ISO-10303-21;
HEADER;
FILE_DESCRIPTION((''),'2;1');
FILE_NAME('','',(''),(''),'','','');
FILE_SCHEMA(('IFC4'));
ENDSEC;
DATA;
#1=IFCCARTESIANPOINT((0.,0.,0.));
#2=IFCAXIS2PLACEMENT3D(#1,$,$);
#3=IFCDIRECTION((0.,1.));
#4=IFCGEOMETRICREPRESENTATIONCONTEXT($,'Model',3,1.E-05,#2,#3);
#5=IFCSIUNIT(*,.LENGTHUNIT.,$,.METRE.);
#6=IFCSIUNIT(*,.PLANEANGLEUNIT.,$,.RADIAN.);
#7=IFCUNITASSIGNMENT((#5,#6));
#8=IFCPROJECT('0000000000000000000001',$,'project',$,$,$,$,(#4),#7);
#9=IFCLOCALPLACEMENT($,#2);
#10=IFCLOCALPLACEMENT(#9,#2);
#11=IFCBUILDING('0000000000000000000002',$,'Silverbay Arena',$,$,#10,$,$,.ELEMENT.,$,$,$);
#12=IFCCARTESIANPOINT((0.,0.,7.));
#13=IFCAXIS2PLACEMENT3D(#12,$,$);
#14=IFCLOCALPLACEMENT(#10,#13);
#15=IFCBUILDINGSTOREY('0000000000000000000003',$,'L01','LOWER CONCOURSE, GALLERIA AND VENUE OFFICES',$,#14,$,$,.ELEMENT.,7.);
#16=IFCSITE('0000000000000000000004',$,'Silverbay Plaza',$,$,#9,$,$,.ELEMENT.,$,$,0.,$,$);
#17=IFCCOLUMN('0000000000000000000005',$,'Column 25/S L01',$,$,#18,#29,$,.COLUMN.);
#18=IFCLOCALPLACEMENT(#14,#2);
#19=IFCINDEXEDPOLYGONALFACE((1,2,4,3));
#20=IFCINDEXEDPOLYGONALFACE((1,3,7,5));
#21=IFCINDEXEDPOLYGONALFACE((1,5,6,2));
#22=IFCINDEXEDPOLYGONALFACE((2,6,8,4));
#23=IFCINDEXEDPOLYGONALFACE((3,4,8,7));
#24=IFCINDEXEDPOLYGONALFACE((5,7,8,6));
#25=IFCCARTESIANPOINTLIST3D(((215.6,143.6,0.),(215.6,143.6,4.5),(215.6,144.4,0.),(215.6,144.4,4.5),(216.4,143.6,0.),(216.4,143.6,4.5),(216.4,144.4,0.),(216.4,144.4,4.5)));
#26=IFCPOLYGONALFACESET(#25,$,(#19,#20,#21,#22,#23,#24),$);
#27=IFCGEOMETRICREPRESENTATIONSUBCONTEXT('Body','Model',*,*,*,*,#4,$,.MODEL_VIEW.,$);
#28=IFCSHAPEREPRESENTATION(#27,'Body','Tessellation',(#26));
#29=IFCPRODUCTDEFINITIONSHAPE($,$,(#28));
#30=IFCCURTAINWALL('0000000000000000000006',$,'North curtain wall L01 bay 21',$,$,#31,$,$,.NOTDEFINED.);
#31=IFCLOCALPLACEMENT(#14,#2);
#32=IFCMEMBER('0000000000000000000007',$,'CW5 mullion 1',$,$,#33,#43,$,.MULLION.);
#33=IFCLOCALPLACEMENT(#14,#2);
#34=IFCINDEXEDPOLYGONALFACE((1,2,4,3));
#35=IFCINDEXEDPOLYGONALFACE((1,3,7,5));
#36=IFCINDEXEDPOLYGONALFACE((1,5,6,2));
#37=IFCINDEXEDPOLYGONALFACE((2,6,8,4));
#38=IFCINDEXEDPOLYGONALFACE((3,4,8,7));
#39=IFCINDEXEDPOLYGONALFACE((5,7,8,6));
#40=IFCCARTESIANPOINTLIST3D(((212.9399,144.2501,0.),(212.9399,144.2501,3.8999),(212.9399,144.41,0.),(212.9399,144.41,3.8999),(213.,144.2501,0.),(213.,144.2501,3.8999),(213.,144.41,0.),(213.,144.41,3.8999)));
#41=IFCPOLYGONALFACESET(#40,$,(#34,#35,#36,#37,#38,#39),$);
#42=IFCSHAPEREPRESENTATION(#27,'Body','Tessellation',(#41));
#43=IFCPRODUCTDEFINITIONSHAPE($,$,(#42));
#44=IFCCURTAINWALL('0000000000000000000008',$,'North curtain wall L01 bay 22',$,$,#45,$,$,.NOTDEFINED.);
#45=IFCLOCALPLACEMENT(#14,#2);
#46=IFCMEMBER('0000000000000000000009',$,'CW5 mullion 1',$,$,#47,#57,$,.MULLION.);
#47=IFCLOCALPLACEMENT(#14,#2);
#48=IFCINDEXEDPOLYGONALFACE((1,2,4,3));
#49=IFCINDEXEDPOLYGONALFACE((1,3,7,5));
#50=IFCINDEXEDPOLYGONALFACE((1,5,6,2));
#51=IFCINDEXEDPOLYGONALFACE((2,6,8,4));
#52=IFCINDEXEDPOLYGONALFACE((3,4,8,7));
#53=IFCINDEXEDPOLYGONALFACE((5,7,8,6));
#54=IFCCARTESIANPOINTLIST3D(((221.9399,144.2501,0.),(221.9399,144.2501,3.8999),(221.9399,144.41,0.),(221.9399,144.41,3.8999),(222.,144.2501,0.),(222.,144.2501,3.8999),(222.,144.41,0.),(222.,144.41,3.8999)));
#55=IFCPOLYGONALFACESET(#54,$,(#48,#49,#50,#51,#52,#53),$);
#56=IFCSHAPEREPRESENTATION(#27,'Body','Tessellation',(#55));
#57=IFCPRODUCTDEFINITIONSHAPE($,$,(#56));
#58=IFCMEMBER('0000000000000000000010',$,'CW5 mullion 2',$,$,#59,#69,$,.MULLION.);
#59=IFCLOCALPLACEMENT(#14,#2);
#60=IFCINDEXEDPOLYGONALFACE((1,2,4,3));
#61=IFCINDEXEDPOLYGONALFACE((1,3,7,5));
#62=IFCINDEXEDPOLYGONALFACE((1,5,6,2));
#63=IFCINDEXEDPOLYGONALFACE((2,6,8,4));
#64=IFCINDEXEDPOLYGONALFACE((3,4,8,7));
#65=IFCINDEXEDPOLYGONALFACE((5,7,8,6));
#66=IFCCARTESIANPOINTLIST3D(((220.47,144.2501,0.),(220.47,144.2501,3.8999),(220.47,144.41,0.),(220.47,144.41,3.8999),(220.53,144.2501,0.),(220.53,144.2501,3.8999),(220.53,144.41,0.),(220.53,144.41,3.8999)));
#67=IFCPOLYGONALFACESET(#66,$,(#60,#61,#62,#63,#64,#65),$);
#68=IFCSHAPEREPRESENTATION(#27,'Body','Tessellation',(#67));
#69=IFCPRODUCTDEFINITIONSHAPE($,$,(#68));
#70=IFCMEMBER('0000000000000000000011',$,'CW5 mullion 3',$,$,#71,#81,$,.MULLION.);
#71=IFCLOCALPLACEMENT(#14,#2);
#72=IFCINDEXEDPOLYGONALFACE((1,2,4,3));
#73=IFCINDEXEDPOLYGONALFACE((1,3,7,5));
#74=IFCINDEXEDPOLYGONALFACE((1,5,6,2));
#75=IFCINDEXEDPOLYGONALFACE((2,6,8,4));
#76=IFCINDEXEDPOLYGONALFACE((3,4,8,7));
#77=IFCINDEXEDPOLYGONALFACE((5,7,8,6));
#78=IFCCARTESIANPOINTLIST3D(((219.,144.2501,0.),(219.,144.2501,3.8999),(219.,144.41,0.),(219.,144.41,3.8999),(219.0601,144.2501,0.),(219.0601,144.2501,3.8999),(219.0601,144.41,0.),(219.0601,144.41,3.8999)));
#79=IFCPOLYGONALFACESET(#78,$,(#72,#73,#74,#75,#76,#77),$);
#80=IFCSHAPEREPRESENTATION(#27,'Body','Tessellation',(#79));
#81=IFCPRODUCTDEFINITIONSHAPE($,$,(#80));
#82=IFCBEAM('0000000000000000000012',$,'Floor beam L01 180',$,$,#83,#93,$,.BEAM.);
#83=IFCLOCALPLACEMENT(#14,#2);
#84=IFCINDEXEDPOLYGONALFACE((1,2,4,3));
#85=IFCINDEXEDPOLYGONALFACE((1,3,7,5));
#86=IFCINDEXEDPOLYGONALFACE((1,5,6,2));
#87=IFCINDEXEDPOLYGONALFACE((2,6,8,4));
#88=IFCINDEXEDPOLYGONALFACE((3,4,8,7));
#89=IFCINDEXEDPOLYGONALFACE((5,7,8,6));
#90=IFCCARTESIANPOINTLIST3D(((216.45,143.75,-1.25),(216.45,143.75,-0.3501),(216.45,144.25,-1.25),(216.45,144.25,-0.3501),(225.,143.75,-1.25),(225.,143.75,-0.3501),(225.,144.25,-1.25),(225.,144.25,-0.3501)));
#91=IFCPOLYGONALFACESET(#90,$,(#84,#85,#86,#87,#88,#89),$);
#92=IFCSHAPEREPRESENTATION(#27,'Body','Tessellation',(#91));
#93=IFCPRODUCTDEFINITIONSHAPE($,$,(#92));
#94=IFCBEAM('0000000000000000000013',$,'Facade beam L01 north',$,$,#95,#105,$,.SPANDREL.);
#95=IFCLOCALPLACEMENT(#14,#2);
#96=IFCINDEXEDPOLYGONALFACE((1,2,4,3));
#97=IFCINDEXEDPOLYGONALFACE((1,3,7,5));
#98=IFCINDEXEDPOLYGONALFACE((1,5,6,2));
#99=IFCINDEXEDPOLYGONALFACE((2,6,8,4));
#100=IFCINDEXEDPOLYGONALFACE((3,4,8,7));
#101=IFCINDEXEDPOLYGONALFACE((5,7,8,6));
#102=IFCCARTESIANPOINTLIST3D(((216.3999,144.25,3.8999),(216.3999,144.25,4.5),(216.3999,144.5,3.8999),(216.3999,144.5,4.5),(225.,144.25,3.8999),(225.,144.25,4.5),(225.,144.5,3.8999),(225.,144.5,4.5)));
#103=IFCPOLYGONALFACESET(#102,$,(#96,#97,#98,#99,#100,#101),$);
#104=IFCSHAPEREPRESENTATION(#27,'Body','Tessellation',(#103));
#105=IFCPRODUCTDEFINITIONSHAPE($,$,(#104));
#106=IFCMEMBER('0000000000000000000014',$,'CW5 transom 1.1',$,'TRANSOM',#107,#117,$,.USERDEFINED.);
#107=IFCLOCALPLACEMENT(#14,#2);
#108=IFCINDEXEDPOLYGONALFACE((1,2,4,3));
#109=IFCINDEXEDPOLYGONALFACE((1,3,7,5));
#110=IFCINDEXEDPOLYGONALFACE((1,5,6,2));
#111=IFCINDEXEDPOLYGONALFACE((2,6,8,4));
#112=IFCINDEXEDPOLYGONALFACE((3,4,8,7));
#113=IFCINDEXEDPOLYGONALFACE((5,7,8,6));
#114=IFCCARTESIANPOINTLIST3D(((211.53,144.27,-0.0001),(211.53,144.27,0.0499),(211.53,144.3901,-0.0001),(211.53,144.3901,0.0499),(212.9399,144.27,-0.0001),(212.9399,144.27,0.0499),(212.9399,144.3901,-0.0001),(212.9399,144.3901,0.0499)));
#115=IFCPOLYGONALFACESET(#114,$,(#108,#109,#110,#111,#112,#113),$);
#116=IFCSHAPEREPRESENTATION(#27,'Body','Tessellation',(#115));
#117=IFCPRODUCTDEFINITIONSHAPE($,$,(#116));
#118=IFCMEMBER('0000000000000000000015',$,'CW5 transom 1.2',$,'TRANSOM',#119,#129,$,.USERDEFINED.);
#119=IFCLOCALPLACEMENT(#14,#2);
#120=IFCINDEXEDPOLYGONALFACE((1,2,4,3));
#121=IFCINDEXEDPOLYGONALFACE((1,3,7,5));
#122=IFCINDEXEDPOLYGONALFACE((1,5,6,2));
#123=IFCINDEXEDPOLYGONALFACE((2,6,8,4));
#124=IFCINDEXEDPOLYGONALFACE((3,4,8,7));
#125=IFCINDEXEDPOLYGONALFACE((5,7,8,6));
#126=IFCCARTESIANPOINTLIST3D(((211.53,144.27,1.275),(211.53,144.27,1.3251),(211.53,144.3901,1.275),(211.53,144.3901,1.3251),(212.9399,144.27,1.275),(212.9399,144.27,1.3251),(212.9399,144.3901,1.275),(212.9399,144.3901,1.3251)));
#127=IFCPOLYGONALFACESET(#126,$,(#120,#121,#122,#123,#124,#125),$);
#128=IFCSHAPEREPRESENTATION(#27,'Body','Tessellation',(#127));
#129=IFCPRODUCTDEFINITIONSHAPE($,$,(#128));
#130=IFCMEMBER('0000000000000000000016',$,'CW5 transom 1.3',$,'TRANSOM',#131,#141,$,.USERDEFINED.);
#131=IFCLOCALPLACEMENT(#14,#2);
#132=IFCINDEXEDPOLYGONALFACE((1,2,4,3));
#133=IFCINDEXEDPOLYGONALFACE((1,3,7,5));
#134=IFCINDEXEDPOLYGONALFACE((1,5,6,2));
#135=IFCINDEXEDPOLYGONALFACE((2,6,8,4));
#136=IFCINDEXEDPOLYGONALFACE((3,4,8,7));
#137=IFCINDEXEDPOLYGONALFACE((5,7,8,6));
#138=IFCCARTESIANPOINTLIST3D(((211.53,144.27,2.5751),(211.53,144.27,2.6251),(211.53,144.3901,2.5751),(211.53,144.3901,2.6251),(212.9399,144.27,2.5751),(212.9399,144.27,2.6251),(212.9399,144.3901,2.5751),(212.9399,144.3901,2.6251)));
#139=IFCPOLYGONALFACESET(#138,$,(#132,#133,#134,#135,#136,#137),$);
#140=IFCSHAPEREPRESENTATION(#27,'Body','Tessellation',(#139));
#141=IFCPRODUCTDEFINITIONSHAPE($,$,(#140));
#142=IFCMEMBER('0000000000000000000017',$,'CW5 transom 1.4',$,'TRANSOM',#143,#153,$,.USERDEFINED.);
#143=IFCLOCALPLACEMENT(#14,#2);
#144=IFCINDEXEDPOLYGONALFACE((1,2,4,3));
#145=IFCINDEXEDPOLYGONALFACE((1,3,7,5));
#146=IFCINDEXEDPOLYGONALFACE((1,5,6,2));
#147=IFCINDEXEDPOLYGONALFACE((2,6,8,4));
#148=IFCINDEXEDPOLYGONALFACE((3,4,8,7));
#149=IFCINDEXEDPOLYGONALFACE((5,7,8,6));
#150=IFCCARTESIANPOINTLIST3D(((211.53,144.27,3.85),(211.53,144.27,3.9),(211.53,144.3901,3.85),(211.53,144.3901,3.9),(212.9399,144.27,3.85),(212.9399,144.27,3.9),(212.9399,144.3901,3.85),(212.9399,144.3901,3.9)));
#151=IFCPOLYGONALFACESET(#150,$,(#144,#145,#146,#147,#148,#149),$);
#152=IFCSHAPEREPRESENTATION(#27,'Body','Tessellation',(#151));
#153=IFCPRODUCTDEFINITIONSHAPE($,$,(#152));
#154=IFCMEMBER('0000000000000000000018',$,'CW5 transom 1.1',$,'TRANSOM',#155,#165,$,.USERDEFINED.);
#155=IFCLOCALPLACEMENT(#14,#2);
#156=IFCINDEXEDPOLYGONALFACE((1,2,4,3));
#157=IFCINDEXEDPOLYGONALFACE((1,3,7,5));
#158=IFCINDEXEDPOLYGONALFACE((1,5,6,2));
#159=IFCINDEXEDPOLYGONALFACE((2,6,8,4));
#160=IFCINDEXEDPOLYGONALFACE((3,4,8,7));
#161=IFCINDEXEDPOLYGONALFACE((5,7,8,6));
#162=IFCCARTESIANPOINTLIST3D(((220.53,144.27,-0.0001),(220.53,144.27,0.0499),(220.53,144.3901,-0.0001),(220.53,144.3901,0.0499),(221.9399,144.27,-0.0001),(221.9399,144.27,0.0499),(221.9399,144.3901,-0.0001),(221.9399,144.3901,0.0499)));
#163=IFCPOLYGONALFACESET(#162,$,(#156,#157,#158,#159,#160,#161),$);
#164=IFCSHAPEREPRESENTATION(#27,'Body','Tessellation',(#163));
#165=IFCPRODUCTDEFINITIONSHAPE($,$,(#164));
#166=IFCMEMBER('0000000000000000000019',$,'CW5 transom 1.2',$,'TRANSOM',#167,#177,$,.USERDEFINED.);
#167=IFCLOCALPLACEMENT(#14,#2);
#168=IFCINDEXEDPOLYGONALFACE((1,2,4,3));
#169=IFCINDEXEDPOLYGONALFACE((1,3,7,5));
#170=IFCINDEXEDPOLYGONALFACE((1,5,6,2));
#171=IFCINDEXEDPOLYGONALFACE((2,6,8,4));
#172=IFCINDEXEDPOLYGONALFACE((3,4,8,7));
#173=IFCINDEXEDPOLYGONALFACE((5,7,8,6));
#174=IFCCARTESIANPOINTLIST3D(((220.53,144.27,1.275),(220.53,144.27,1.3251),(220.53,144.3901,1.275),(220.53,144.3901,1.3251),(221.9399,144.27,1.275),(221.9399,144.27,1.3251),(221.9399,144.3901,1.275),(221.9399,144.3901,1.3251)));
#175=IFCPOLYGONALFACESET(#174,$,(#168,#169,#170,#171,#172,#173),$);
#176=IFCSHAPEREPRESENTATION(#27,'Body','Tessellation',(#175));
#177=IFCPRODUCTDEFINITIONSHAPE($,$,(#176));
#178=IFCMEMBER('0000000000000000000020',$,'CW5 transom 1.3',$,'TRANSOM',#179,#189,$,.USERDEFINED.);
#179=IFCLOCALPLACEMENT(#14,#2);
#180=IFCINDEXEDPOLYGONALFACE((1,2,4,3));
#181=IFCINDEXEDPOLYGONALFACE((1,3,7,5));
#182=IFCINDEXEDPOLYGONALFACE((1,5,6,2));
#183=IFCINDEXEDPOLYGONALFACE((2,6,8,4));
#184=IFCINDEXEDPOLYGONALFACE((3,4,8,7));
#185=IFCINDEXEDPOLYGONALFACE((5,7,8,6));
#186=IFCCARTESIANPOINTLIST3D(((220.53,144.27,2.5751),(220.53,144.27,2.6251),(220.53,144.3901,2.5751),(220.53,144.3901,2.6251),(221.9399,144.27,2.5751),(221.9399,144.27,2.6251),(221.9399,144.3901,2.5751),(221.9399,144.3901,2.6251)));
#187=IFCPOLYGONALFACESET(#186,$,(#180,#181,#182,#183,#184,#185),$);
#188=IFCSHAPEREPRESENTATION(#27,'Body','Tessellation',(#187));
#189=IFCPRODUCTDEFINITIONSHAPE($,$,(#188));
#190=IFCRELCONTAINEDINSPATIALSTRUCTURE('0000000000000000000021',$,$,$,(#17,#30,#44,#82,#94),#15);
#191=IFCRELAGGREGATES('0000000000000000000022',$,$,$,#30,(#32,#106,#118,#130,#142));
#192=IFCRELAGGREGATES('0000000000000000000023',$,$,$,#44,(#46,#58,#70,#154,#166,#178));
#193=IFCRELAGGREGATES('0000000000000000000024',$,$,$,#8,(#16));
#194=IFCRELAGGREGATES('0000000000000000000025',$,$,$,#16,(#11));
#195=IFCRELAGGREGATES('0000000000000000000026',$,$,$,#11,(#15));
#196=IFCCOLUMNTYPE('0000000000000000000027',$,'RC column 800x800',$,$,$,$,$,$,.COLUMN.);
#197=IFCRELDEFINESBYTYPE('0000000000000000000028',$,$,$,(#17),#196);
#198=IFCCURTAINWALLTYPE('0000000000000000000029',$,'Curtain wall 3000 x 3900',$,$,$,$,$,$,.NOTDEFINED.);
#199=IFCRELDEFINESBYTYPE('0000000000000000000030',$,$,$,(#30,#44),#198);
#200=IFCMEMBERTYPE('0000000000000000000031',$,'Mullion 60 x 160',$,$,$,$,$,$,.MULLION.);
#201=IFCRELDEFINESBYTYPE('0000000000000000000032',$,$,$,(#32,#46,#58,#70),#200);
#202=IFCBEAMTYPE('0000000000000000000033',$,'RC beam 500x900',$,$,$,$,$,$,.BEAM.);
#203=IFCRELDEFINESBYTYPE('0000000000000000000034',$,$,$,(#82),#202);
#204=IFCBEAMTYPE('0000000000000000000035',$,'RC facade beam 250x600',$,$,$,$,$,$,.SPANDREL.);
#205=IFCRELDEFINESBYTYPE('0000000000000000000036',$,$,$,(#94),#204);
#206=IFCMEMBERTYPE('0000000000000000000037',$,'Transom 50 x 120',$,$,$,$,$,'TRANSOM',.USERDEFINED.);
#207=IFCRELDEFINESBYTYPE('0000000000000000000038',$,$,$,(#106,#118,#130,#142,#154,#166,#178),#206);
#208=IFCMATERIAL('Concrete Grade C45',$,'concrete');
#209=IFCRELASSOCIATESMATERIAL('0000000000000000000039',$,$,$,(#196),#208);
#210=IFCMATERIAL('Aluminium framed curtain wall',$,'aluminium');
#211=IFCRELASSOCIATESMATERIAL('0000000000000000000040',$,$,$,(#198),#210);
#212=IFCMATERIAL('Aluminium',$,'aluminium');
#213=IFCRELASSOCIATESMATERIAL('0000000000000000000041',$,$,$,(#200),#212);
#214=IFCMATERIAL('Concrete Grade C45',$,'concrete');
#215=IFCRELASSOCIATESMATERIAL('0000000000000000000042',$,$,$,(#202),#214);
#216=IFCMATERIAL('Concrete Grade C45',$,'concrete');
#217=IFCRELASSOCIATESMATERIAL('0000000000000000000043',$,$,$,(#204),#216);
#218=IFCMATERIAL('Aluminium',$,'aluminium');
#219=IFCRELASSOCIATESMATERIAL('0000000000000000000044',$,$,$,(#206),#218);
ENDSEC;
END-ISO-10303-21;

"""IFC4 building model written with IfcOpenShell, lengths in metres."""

from ifc_helpers import new_model, si_unit, direction, frame, origin, origin_2d, place, context, subcontext, project, spatial, rectangle, extrude, material, material_profile, profile_set, type_object, element, aggregate, save


model = new_model("IFC4")

# Units and contexts
model_context = context("Model", 3, precision=1e-05, world=origin(), true_north=direction((0.0, 1.0)))
body_context = subcontext(model_context, "Body", "Model", "MODEL_VIEW")
ifc_project = project(units=[si_unit("LENGTHUNIT", "METRE"), si_unit("PLANEANGLEUNIT", "RADIAN")], contexts=[model_context])

# Site, building, storey
site_placement = place(None, origin())
site = spatial("IfcSite", under=ifc_project, at=site_placement, Name="Silverbay Plaza", CompositionType="ELEMENT", RefElevation=0.0)
building_placement = place(site_placement, origin())
building = spatial("IfcBuilding", under=site, at=building_placement, Name="Silverbay Arena", CompositionType="ELEMENT")
storey_placement = place(building_placement, frame((0.0, 0.0, 7.0)))
storey = spatial("IfcBuildingStorey", under=building, at=storey_placement, Name="L01", Description="LOWER CONCOURSE, GALLERIA AND VENUE OFFICES", CompositionType="ELEMENT", Elevation=7.0)

# Column
ifc_material_1 = material(Name="Concrete Grade C45", Category="concrete")
ifc_material_profile_1 = material_profile(ifc_material_1, rectangle(XDim=0.8, YDim=0.8, at=origin_2d()), Name="RC 800x800")
ifc_profile_set_1 = profile_set([ifc_material_profile_1], Name="Concrete Grade C45")
column_type = type_object("IfcColumnType", Name="RC column 800x800", PredefinedType="COLUMN", material=ifc_profile_set_1)
column_placement = place(storey_placement, frame((216.0, 144.0, 0.0), z_axis=(0.0, 0.0, 1.0), x_axis=(1.0, 0.0, 0.0)))
element("IfcColumn", 1, at=column_placement, inside=storey, type_object=column_type, Name="Column 25/S L01", PredefinedType="COLUMN", context=body_context, shape_type="SweptSolid", body=[
    extrude(rectangle(XDim=0.8, YDim=0.8, at=origin_2d()), origin(), (0.0, 0.0, 1.0), 4.5),
])

# Curtain wall, member
ifc_material_2 = material(Name="Aluminium framed curtain wall", Category="aluminium")
curtain_wall_type = type_object("IfcCurtainWallType", Name="Curtain wall 3000 x 3900", PredefinedType="NOTDEFINED", material=ifc_material_2)
curtain_wall_1_placement = place(storey_placement, origin())
curtain_wall_1 = element("IfcCurtainWall", 2, at=curtain_wall_1_placement, inside=storey, type_object=curtain_wall_type, Name="North curtain wall L01 bay 21", PredefinedType="NOTDEFINED")
ifc_material_3 = material(Name="Aluminium", Category="aluminium")
ifc_material_profile_2 = material_profile(ifc_material_3, rectangle(XDim=0.1599, YDim=0.0601, at=origin_2d()), Name="Mullion 60 x 160")
ifc_profile_set_2 = profile_set([ifc_material_profile_2], Name="Aluminium")
member_type_1 = type_object("IfcMemberType", Name="Mullion 60 x 160", PredefinedType="MULLION", material=ifc_profile_set_2)
member_1_placement = place(storey_placement, frame((212.97, 144.3301, 0.0), z_axis=(0.0, 0.0, 1.0), x_axis=(0.0, -1.0, 0.0)))
member_1 = element("IfcMember", 3, at=member_1_placement, type_object=member_type_1, Name="CW5 mullion 1", PredefinedType="MULLION", context=body_context, shape_type="SweptSolid", body=[
    extrude(rectangle(XDim=0.1599, YDim=0.0601, at=origin_2d()), origin(), (0.0, 0.0, 1.0), 3.8999),
])

# Curtain wall, members
curtain_wall_2_placement = place(storey_placement, origin())
curtain_wall_2 = element("IfcCurtainWall", 4, at=curtain_wall_2_placement, inside=storey, type_object=curtain_wall_type, Name="North curtain wall L01 bay 22", PredefinedType="NOTDEFINED")
member_2_placement = place(storey_placement, frame((221.97, 144.3301, 0.0), z_axis=(0.0, 0.0, 1.0), x_axis=(0.0, -1.0, 0.0)))
member_2 = element("IfcMember", 5, at=member_2_placement, type_object=member_type_1, Name="CW5 mullion 1", PredefinedType="MULLION", context=body_context, shape_type="SweptSolid", body=[
    extrude(rectangle(XDim=0.1599, YDim=0.0601, at=origin_2d()), origin(), (0.0, 0.0, 1.0), 3.8999),
])
member_3_placement = place(storey_placement, frame((220.5, 144.3301, 0.0), z_axis=(0.0, 0.0, 1.0), x_axis=(0.0, -1.0, 0.0)))
member_3 = element("IfcMember", 6, at=member_3_placement, type_object=member_type_1, Name="CW5 mullion 2", PredefinedType="MULLION", context=body_context, shape_type="SweptSolid", body=[
    extrude(rectangle(XDim=0.1599, YDim=0.0601, at=origin_2d()), origin(), (0.0, 0.0, 1.0), 3.8999),
])
member_4_placement = place(storey_placement, frame((219.03, 144.3301, 0.0), z_axis=(0.0, 0.0, 1.0), x_axis=(0.0, -1.0, 0.0)))
member_4 = element("IfcMember", 7, at=member_4_placement, type_object=member_type_1, Name="CW5 mullion 3", PredefinedType="MULLION", context=body_context, shape_type="SweptSolid", body=[
    extrude(rectangle(XDim=0.1599, YDim=0.0601, at=origin_2d()), origin(), (0.0, 0.0, 1.0), 3.8999),
])

# Beams
ifc_material_4 = material(Name="Concrete Grade C45", Category="concrete")
ifc_material_profile_3 = material_profile(ifc_material_4, rectangle(XDim=0.5, YDim=0.8999, at=origin_2d()), Name="RC 500x900")
ifc_profile_set_3 = profile_set([ifc_material_profile_3], Name="Concrete Grade C45")
beam_type_1 = type_object("IfcBeamType", Name="RC beam 500x900", PredefinedType="BEAM", material=ifc_profile_set_3)
beam_1_placement = place(storey_placement, frame((216.45, 144.0, -0.8), z_axis=(1.0, 0.0, 0.0), x_axis=(0.0, 1.0, 0.0)))
element("IfcBeam", 8, at=beam_1_placement, inside=storey, type_object=beam_type_1, Name="Floor beam L01 180", PredefinedType="BEAM", context=body_context, shape_type="SweptSolid", body=[
    extrude(rectangle(XDim=0.5, YDim=0.8999, at=origin_2d()), origin(), (0.0, 0.0, 1.0), 8.55),
])
ifc_material_5 = material(Name="Concrete Grade C45", Category="concrete")
ifc_material_profile_4 = material_profile(ifc_material_5, rectangle(XDim=0.25, YDim=0.6001, at=origin_2d()), Name="RC 250x600")
ifc_profile_set_4 = profile_set([ifc_material_profile_4], Name="Concrete Grade C45")
beam_type_2 = type_object("IfcBeamType", Name="RC facade beam 250x600", PredefinedType="SPANDREL", material=ifc_profile_set_4)
beam_2_placement = place(storey_placement, frame((216.3999, 144.375, 4.2), z_axis=(1.0, 0.0, 0.0), x_axis=(0.0, 1.0, 0.0)))
element("IfcBeam", 9, at=beam_2_placement, inside=storey, type_object=beam_type_2, Name="Facade beam L01 north", PredefinedType="SPANDREL", context=body_context, shape_type="SweptSolid", body=[
    extrude(rectangle(XDim=0.25, YDim=0.6001, at=origin_2d()), origin(), (0.0, 0.0, 1.0), 8.6001),
])

# Members
ifc_material_6 = material(Name="Aluminium", Category="aluminium")
ifc_material_profile_5 = material_profile(ifc_material_6, rectangle(XDim=0.1201, YDim=0.05, at=origin_2d()), Name="Transom 50 x 120")
ifc_profile_set_5 = profile_set([ifc_material_profile_5], Name="Aluminium")
member_type_2 = type_object("IfcMemberType", Name="Transom 50 x 120", ElementType="TRANSOM", PredefinedType="USERDEFINED", material=ifc_profile_set_5)
member_5_placement = place(storey_placement, frame((212.9399, 144.3301, 0.0249), z_axis=(-1.0, 0.0, 0.0), x_axis=(0.0, -1.0, 0.0)))
member_5 = element("IfcMember", 10, at=member_5_placement, type_object=member_type_2, Name="CW5 transom 1.1", ObjectType="TRANSOM", PredefinedType="USERDEFINED", context=body_context, shape_type="SweptSolid", body=[
    extrude(rectangle(XDim=0.1201, YDim=0.05, at=origin_2d()), origin(), (0.0, 0.0, 1.0), 1.4099),
])
member_6_placement = place(storey_placement, frame((212.9399, 144.3301, 1.3), z_axis=(-1.0, 0.0, 0.0), x_axis=(0.0, -1.0, 0.0)))
member_6 = element("IfcMember", 11, at=member_6_placement, type_object=member_type_2, Name="CW5 transom 1.2", ObjectType="TRANSOM", PredefinedType="USERDEFINED", context=body_context, shape_type="SweptSolid", body=[
    extrude(rectangle(XDim=0.1201, YDim=0.05, at=origin_2d()), origin(), (0.0, 0.0, 1.0), 1.4099),
])
member_7_placement = place(storey_placement, frame((212.9399, 144.3301, 2.6001), z_axis=(-1.0, 0.0, 0.0), x_axis=(0.0, -1.0, 0.0)))
member_7 = element("IfcMember", 12, at=member_7_placement, type_object=member_type_2, Name="CW5 transom 1.3", ObjectType="TRANSOM", PredefinedType="USERDEFINED", context=body_context, shape_type="SweptSolid", body=[
    extrude(rectangle(XDim=0.1201, YDim=0.05, at=origin_2d()), origin(), (0.0, 0.0, 1.0), 1.4099),
])
member_8_placement = place(storey_placement, frame((212.9399, 144.3301, 3.875), z_axis=(-1.0, 0.0, 0.0), x_axis=(0.0, -1.0, 0.0)))
member_8 = element("IfcMember", 13, at=member_8_placement, type_object=member_type_2, Name="CW5 transom 1.4", ObjectType="TRANSOM", PredefinedType="USERDEFINED", context=body_context, shape_type="SweptSolid", body=[
    extrude(rectangle(XDim=0.1201, YDim=0.05, at=origin_2d()), origin(), (0.0, 0.0, 1.0), 1.4099),
])
aggregate(curtain_wall_1, [member_1, member_5, member_6, member_7, member_8])
member_9_placement = place(storey_placement, frame((221.9399, 144.3301, 0.0249), z_axis=(-1.0, 0.0, 0.0), x_axis=(0.0, -1.0, 0.0)))
member_9 = element("IfcMember", 14, at=member_9_placement, type_object=member_type_2, Name="CW5 transom 1.1", ObjectType="TRANSOM", PredefinedType="USERDEFINED", context=body_context, shape_type="SweptSolid", body=[
    extrude(rectangle(XDim=0.1201, YDim=0.05, at=origin_2d()), origin(), (0.0, 0.0, 1.0), 1.4099),
])
member_10_placement = place(storey_placement, frame((221.9399, 144.3301, 1.3), z_axis=(-1.0, 0.0, 0.0), x_axis=(0.0, -1.0, 0.0)))
member_10 = element("IfcMember", 15, at=member_10_placement, type_object=member_type_2, Name="CW5 transom 1.2", ObjectType="TRANSOM", PredefinedType="USERDEFINED", context=body_context, shape_type="SweptSolid", body=[
    extrude(rectangle(XDim=0.1201, YDim=0.05, at=origin_2d()), origin(), (0.0, 0.0, 1.0), 1.4099),
])
member_11_placement = place(storey_placement, frame((221.9399, 144.3301, 2.6001), z_axis=(-1.0, 0.0, 0.0), x_axis=(0.0, -1.0, 0.0)))
member_11 = element("IfcMember", 16, at=member_11_placement, type_object=member_type_2, Name="CW5 transom 1.3", ObjectType="TRANSOM", PredefinedType="USERDEFINED", context=body_context, shape_type="SweptSolid", body=[
    extrude(rectangle(XDim=0.1201, YDim=0.05, at=origin_2d()), origin(), (0.0, 0.0, 1.0), 1.4099),
])

aggregate(curtain_wall_2, [member_2, member_3, member_4, member_9, member_10, member_11])

save(model, "model.ifc")
